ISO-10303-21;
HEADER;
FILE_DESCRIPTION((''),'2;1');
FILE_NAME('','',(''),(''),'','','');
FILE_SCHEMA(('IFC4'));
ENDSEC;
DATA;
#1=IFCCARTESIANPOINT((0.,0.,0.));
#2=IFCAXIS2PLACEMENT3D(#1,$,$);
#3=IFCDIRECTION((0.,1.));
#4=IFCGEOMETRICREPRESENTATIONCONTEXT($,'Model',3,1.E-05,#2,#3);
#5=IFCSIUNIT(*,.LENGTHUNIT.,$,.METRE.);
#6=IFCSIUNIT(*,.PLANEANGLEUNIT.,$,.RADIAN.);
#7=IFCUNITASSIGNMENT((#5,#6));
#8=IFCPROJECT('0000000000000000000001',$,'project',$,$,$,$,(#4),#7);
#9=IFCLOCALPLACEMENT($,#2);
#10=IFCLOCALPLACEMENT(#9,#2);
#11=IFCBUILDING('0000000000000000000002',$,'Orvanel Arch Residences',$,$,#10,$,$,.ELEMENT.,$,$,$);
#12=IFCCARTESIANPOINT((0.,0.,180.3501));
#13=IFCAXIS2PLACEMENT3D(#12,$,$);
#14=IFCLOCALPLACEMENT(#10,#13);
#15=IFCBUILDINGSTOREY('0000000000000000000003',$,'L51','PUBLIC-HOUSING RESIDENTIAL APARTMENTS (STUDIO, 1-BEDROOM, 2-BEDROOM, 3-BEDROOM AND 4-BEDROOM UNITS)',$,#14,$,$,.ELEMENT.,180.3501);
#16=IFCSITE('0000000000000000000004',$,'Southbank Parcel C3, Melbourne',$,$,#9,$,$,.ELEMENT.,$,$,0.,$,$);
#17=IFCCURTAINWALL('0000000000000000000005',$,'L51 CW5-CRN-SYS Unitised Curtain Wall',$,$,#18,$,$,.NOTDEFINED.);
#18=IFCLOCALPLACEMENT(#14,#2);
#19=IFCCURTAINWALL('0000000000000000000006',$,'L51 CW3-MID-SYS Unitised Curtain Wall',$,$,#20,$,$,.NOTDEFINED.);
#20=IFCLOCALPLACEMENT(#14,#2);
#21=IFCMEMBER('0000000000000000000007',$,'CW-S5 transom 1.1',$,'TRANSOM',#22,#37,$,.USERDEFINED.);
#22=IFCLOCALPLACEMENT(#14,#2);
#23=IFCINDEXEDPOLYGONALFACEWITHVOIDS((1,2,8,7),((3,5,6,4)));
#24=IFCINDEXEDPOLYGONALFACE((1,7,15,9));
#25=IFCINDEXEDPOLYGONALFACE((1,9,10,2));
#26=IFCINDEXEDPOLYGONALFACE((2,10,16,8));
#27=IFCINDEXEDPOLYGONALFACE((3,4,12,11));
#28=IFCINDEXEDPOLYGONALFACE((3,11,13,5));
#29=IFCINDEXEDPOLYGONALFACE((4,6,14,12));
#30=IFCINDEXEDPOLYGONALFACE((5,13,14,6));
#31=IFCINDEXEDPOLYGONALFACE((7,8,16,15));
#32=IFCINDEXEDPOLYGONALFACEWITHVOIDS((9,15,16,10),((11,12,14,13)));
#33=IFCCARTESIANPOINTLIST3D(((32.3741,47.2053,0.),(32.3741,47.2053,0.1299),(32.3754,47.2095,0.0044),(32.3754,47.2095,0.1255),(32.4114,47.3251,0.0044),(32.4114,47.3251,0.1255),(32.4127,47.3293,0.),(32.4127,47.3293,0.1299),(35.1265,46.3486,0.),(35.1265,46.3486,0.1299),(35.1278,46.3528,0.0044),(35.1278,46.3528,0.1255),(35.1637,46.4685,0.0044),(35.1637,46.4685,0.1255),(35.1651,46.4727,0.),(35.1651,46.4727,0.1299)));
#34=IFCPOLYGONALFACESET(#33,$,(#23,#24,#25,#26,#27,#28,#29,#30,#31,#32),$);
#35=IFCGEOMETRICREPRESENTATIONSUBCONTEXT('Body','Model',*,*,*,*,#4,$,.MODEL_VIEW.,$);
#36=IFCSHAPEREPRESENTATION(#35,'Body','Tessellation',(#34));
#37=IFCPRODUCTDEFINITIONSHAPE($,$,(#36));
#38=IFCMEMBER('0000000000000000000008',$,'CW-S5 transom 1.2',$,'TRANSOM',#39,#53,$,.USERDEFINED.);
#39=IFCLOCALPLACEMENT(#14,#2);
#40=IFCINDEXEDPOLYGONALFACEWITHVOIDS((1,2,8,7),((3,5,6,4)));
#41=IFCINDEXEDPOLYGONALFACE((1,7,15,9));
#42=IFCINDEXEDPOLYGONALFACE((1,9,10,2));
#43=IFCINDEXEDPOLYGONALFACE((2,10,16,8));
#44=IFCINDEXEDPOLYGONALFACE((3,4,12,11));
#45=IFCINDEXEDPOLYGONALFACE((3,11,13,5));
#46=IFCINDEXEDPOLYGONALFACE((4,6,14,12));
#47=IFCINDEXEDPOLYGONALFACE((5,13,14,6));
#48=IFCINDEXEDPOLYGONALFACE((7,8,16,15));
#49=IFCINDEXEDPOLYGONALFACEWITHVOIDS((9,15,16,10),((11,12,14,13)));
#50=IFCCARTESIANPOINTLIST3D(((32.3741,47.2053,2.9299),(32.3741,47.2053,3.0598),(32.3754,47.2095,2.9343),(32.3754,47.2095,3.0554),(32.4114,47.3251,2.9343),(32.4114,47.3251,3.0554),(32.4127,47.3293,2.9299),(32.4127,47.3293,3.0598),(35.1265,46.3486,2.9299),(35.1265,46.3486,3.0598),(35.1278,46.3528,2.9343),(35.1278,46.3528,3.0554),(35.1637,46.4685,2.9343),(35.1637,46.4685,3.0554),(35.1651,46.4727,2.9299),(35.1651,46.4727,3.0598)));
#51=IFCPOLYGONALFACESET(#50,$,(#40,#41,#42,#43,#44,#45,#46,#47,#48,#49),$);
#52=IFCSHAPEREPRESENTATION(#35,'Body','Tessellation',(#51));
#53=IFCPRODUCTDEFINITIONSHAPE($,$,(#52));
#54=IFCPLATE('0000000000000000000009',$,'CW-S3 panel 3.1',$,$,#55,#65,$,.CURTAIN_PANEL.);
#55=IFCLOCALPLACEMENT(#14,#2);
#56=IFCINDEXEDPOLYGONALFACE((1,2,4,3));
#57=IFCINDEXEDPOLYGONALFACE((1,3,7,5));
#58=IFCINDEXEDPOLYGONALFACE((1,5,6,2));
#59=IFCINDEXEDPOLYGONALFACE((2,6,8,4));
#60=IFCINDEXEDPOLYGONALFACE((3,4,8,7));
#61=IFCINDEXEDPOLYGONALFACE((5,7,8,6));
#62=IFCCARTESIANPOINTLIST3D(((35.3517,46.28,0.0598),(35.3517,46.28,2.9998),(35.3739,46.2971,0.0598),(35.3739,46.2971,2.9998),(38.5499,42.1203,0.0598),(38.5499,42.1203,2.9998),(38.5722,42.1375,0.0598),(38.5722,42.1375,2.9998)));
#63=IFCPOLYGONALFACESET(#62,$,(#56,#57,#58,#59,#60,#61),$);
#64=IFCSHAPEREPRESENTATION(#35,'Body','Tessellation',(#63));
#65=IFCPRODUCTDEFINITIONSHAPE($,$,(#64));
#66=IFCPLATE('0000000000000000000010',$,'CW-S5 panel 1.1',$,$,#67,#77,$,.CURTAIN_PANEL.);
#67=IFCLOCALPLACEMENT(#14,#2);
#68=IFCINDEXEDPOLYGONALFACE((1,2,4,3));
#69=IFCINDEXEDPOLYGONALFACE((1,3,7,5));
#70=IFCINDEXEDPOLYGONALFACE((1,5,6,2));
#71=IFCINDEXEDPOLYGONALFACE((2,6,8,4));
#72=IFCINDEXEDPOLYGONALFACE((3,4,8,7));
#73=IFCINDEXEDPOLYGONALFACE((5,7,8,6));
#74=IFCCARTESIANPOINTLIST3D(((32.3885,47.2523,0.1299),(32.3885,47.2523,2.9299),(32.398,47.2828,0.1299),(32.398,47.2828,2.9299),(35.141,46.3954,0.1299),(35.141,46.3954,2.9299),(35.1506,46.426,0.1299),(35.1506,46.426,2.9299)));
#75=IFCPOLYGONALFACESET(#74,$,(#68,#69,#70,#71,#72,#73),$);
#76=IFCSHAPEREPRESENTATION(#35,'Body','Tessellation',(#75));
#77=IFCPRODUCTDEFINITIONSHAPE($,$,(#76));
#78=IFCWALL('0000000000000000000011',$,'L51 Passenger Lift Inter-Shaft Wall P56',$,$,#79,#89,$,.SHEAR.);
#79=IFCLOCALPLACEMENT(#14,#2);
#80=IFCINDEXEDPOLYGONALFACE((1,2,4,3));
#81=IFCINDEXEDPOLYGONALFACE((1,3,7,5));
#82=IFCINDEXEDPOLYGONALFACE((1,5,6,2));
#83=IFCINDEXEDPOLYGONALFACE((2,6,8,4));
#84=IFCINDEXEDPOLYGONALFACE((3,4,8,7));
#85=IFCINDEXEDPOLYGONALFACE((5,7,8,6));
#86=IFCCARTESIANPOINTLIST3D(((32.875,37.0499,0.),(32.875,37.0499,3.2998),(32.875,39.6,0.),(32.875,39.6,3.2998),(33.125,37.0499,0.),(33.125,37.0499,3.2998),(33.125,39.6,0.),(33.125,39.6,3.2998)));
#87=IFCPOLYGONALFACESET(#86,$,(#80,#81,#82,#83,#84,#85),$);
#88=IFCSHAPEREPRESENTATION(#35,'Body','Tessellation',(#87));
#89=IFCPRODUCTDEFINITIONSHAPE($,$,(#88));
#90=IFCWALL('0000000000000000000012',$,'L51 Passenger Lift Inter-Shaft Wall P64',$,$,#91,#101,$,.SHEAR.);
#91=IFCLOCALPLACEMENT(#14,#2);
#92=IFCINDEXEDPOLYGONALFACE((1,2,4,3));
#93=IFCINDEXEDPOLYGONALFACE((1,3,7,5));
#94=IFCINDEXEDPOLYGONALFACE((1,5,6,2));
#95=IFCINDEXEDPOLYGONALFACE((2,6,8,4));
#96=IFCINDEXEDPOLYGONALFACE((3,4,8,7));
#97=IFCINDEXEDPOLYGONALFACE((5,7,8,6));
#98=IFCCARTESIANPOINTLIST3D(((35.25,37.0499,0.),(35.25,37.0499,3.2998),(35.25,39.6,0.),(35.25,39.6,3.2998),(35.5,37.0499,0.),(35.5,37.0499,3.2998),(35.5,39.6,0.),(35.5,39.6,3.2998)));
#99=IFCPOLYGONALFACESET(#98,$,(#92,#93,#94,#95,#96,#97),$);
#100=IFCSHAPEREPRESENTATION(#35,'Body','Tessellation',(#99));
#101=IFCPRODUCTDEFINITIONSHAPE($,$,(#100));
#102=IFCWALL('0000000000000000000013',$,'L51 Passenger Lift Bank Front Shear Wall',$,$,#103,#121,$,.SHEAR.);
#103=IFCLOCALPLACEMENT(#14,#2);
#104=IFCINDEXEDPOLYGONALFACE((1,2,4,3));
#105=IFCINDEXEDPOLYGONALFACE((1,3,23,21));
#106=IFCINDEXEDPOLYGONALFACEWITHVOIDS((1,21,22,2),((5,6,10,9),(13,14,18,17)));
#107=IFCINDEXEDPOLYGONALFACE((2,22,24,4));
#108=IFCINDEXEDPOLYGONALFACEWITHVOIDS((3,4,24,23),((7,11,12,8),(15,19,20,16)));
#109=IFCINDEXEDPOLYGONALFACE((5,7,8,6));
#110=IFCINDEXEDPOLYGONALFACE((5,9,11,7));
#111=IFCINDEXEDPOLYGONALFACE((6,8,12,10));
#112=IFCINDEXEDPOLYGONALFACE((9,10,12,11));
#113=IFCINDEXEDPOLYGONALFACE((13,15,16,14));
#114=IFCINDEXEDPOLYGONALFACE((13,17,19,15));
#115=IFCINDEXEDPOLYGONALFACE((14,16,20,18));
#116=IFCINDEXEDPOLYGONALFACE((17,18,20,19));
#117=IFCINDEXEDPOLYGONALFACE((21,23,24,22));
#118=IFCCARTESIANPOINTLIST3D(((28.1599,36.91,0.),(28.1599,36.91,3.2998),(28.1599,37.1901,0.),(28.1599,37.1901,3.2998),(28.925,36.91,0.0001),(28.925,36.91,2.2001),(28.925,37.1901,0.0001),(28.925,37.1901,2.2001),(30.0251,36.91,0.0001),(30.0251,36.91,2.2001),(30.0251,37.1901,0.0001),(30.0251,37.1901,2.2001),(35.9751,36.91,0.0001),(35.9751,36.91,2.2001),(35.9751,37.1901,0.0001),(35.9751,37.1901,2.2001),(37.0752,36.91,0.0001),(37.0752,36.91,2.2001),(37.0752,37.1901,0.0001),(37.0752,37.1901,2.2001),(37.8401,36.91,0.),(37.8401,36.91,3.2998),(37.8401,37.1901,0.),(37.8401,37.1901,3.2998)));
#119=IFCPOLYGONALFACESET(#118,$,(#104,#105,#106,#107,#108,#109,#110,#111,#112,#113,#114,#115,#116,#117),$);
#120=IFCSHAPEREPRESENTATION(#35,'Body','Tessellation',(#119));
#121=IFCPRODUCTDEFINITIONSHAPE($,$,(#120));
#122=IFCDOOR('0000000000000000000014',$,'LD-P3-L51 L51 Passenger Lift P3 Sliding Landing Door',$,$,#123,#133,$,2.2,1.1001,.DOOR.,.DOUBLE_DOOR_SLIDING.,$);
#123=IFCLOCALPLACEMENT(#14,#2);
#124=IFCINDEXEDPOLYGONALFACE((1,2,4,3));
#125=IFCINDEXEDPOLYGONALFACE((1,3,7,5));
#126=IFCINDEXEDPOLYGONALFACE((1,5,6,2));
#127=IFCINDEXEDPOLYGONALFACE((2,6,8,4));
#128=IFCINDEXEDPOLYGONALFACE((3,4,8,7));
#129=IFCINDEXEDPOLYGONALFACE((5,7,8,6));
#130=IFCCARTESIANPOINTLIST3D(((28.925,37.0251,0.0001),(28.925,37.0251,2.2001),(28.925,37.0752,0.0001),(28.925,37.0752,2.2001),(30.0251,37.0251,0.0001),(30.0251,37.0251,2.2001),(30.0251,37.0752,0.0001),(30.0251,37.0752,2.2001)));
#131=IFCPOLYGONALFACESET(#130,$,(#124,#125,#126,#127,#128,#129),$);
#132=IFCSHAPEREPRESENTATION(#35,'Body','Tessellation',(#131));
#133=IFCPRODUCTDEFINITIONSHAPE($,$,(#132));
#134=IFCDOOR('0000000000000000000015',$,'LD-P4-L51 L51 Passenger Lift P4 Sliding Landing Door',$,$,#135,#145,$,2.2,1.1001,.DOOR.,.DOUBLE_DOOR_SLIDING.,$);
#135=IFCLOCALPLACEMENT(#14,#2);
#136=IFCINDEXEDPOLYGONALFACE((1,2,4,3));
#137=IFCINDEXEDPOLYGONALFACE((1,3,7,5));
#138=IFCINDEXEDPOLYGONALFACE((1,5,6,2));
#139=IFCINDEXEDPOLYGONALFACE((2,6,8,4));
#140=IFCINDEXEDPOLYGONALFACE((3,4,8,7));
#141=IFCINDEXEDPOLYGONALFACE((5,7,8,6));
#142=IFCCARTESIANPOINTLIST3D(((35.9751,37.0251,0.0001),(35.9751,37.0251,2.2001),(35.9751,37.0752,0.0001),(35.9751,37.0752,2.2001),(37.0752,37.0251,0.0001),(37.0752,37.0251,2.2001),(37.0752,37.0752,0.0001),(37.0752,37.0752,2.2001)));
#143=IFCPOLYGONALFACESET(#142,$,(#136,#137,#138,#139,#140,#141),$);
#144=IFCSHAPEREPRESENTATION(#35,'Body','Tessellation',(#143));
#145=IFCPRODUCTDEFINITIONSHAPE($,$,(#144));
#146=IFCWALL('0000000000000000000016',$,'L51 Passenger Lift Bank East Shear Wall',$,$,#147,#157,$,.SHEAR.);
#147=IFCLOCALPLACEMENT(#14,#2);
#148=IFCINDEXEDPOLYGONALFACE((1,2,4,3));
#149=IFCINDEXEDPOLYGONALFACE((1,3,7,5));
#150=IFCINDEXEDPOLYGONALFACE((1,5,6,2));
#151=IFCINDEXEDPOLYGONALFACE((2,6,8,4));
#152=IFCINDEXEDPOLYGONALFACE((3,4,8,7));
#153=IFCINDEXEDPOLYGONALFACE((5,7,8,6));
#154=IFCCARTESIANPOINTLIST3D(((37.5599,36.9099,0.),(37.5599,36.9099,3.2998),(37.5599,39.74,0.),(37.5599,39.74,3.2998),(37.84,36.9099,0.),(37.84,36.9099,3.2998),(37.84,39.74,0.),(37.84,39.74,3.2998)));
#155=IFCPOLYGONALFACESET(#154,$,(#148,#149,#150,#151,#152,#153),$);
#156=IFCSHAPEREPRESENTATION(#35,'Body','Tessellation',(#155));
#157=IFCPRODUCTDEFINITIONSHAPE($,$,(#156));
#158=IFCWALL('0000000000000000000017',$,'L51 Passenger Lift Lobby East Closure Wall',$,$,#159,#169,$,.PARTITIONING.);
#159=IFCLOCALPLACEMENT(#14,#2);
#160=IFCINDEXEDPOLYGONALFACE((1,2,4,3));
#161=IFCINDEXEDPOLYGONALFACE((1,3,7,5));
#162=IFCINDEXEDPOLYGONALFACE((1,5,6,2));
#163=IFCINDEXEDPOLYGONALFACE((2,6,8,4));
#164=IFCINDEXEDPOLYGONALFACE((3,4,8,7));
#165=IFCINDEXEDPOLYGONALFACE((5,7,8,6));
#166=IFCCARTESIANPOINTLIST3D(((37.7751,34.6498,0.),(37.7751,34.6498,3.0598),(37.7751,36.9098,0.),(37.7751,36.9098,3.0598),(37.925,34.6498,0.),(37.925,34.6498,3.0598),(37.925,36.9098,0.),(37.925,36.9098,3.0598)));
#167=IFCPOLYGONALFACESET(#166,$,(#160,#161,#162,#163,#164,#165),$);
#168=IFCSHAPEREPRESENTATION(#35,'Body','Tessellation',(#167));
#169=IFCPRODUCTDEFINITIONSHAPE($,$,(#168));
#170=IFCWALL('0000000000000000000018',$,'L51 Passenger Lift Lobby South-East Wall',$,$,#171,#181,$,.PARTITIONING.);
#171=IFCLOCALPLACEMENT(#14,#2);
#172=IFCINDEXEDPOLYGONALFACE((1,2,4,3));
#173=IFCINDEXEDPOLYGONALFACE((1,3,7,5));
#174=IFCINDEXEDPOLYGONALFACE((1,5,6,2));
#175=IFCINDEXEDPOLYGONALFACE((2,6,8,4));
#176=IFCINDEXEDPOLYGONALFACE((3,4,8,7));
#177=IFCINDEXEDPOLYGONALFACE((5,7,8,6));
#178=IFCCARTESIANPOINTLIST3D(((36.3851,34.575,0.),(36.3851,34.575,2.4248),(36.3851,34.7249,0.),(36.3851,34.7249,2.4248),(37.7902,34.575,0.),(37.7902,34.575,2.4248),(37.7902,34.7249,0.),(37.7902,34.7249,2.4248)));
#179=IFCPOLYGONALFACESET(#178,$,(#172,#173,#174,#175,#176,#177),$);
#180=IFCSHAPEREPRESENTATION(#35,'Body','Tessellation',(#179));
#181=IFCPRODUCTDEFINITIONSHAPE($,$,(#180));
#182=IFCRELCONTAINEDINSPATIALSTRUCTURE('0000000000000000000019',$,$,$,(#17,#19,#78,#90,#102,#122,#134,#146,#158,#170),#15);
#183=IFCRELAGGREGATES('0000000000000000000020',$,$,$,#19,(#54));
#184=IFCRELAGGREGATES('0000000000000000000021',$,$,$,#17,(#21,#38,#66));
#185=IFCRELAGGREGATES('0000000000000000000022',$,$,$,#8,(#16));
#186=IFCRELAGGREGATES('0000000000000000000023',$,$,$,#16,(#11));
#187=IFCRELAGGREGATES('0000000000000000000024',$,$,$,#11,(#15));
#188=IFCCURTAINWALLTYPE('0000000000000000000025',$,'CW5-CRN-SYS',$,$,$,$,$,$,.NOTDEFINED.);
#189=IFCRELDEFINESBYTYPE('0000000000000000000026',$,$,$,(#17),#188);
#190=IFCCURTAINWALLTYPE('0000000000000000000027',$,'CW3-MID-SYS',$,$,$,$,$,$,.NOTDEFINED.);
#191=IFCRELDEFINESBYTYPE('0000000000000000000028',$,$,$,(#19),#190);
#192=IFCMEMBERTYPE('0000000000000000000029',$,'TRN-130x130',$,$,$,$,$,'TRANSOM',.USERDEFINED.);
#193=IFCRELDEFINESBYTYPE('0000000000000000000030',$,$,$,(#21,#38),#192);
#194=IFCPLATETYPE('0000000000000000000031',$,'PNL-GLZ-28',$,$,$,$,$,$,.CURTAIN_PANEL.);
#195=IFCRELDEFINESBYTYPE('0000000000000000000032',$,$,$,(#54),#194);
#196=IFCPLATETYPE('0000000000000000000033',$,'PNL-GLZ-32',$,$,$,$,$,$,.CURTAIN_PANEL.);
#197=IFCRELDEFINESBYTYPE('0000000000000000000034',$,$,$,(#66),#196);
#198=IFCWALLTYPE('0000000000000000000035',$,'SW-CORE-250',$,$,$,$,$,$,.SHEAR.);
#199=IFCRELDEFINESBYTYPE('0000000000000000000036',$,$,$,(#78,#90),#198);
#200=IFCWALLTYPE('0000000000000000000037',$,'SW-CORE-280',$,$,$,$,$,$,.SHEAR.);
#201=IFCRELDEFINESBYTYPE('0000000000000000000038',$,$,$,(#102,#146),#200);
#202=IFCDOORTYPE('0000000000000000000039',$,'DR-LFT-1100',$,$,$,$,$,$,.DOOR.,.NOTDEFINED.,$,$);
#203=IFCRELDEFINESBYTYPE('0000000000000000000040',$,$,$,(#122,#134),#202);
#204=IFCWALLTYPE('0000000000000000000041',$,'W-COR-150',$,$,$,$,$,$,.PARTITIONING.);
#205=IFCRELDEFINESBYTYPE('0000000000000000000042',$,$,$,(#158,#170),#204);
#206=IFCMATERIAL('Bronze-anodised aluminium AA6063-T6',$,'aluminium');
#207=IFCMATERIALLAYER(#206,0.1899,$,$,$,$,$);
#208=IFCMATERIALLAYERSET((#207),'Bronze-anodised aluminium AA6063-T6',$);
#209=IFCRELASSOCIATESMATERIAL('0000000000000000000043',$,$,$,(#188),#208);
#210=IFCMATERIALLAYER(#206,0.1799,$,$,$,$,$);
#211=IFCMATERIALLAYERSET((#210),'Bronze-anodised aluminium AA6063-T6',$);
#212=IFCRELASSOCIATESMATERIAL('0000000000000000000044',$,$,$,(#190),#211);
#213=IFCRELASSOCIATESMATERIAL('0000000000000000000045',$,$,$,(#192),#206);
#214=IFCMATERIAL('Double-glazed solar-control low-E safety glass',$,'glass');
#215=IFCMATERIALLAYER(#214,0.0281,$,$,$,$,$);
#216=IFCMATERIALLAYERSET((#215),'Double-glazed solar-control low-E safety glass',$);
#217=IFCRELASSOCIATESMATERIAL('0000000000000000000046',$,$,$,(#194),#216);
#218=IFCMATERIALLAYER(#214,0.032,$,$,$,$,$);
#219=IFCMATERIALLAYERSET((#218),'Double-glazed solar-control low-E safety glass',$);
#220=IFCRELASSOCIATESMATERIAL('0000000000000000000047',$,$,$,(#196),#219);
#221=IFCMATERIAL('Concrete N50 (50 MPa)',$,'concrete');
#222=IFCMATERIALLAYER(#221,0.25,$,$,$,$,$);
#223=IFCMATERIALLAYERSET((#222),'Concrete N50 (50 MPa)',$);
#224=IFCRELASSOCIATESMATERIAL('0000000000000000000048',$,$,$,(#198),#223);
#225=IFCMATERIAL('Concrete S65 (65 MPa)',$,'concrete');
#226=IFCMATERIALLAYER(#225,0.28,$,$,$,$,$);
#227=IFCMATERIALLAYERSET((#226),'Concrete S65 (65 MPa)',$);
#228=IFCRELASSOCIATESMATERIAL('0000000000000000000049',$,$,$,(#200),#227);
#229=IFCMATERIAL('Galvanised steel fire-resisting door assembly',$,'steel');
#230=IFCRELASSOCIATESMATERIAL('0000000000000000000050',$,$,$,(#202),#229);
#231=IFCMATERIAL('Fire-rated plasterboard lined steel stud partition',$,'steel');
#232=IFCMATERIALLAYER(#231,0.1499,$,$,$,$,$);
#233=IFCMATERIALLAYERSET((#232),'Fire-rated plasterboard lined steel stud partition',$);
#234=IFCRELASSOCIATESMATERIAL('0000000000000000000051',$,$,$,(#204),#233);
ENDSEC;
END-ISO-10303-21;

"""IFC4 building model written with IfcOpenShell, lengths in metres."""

from ifc_helpers import new_model, si_unit, direction, frame, frame_2d, origin, origin_2d, place, context, subcontext, project, spatial, rectangle, hollow_rectangle, extrude, material, layer, layer_set, material_profile, profile_set, type_object, element, fill, aggregate, save


model = new_model("IFC4")

# Units and contexts
model_context = context("Model", 3, precision=1e-05, world=origin(), true_north=direction((0.0, 1.0)))
body_context = subcontext(model_context, "Body", "Model", "MODEL_VIEW")
ifc_project = project(units=[si_unit("LENGTHUNIT", "METRE"), si_unit("PLANEANGLEUNIT", "RADIAN")], contexts=[model_context])

# Site, building, storey
site_placement = place(None, origin())
site = spatial("IfcSite", under=ifc_project, at=site_placement, Name="Southbank Parcel C3, Melbourne", CompositionType="ELEMENT", RefElevation=0.0)
building_placement = place(site_placement, origin())
building = spatial("IfcBuilding", under=site, at=building_placement, Name="Orvanel Arch Residences", CompositionType="ELEMENT")
storey_placement = place(building_placement, frame((0.0, 0.0, 180.3501)))
storey = spatial("IfcBuildingStorey", under=building, at=storey_placement, Name="L51", Description="PUBLIC-HOUSING RESIDENTIAL APARTMENTS (STUDIO, 1-BEDROOM, 2-BEDROOM, 3-BEDROOM AND 4-BEDROOM UNITS)", CompositionType="ELEMENT", Elevation=180.3501)

# Shared definitions
ifc_material_1 = material(Name="Concrete S65 (65 MPa)", Category="concrete")

# Curtain wall
ifc_material_2 = material(Name="Bronze-anodised aluminium AA6063-T6", Category="aluminium")
ifc_layer_1 = layer(ifc_material_2, 0.1899)
ifc_layer_set_1 = layer_set([ifc_layer_1], Name="Bronze-anodised aluminium AA6063-T6")
curtain_wall_type_1 = type_object("IfcCurtainWallType", Name="CW5-CRN-SYS", PredefinedType="NOTDEFINED", material=ifc_layer_set_1)
curtain_wall_1_placement = place(storey_placement, origin())
curtain_wall_1 = element("IfcCurtainWall", 1, at=curtain_wall_1_placement, inside=storey, type_object=curtain_wall_type_1, Name="L51 CW5-CRN-SYS Unitised Curtain Wall", PredefinedType="NOTDEFINED")

# Curtain wall
ifc_layer_2 = layer(ifc_material_2, 0.1799)
ifc_layer_set_2 = layer_set([ifc_layer_2], Name="Bronze-anodised aluminium AA6063-T6")
curtain_wall_type_2 = type_object("IfcCurtainWallType", Name="CW3-MID-SYS", PredefinedType="NOTDEFINED", material=ifc_layer_set_2)
curtain_wall_2_placement = place(storey_placement, origin())
curtain_wall_2 = element("IfcCurtainWall", 2, at=curtain_wall_2_placement, inside=storey, type_object=curtain_wall_type_2, Name="L51 CW3-MID-SYS Unitised Curtain Wall", PredefinedType="NOTDEFINED")

# Members
ifc_material_profile_1 = material_profile(ifc_material_2, hollow_rectangle(XDim=0.1299, YDim=0.1299, WallThickness=0.0044, at=origin_2d()), Name="ALU130x130x4.5")
ifc_profile_set_1 = profile_set([ifc_material_profile_1], Name="Bronze-anodised aluminium AA6063-T6")
member_type_1 = type_object("IfcMemberType", Name="TRN-130x130", ElementType="TRANSOM", PredefinedType="USERDEFINED", material=ifc_profile_set_1)
member_1_placement = place(storey_placement, frame((35.1458, 46.4106, 0.0649), z_axis=(-0.95482, 0.297185, 0.0), x_axis=(-0.297185, -0.95482, 0.0)))
member_1 = element("IfcMember", 3, at=member_1_placement, type_object=member_type_1, Name="CW-S5 transom 1.1", ObjectType="TRANSOM", PredefinedType="USERDEFINED", context=body_context, shape_type="SweptSolid", body=[
    extrude(hollow_rectangle(XDim=0.1299, YDim=0.1299, WallThickness=0.0044, at=origin_2d()), origin(), (0.0, 0.0, 1.0), 2.8826),
])
member_2_placement = place(storey_placement, frame((35.1458, 46.4106, 2.9949), z_axis=(-0.95482, 0.297185, 0.0), x_axis=(-0.297185, -0.95482, 0.0)))
member_2 = element("IfcMember", 4, at=member_2_placement, type_object=member_type_1, Name="CW-S5 transom 1.2", ObjectType="TRANSOM", PredefinedType="USERDEFINED", context=body_context, shape_type="SweptSolid", body=[
    extrude(hollow_rectangle(XDim=0.1299, YDim=0.1299, WallThickness=0.0044, at=origin_2d()), origin(), (0.0, 0.0, 1.0), 2.8826),
])

# Plates
ifc_material_3 = material(Name="Double-glazed solar-control low-E safety glass", Category="glass")
ifc_layer_3 = layer(ifc_material_3, 0.0281)
ifc_layer_set_3 = layer_set([ifc_layer_3], Name="Double-glazed solar-control low-E safety glass")
plate_type_1 = type_object("IfcPlateType", Name="PNL-GLZ-28", PredefinedType="CURTAIN_PANEL", material=ifc_layer_set_3)
plate_1_placement = place(storey_placement, frame((36.9619, 44.2087, 0.0598), z_axis=(0.0, 0.0, 1.0), x_axis=(-0.609533, 0.792761, 0.0)))
plate_1 = element("IfcPlate", 5, at=plate_1_placement, type_object=plate_type_1, Name="CW-S3 panel 3.1", PredefinedType="CURTAIN_PANEL", context=body_context, shape_type="SweptSolid", body=[
    extrude(rectangle(XDim=5.2471, YDim=0.0281, at=origin_2d()), origin(), (0.0, 0.0, 1.0), 2.9399),
])
aggregate(curtain_wall_2, [plate_1])
ifc_layer_4 = layer(ifc_material_3, 0.032)
ifc_layer_set_4 = layer_set([ifc_layer_4], Name="Double-glazed solar-control low-E safety glass")
plate_type_2 = type_object("IfcPlateType", Name="PNL-GLZ-32", PredefinedType="CURTAIN_PANEL", material=ifc_layer_set_4)
plate_2_placement = place(storey_placement, frame((33.7695, 46.8391, 0.1299), z_axis=(0.0, 0.0, 1.0), x_axis=(-0.954809, 0.297219, 0.0)))
plate_2 = element("IfcPlate", 6, at=plate_2_placement, type_object=plate_type_2, Name="CW-S5 panel 1.1", PredefinedType="CURTAIN_PANEL", context=body_context, shape_type="SweptSolid", body=[
    extrude(rectangle(XDim=2.8828, YDim=0.032, at=origin_2d()), origin(), (0.0, 0.0, 1.0), 2.8),
])
aggregate(curtain_wall_1, [member_1, member_2, plate_2])

# Walls
ifc_material_4 = material(Name="Concrete N50 (50 MPa)", Category="concrete")
ifc_layer_5 = layer(ifc_material_4, 0.25)
ifc_layer_set_5 = layer_set([ifc_layer_5], Name="Concrete N50 (50 MPa)")
wall_type_1 = type_object("IfcWallType", Name="SW-CORE-250", PredefinedType="SHEAR", material=ifc_layer_set_5)
for number, where, z_axis, x_axis, name in (
    (7, (33.0, 37.05, 0.0), (0.0, 0.0, 1.0), (0.0, 1.0, 0.0), "L51 Passenger Lift Inter-Shaft Wall P56"),
    (8, (35.375, 37.05, 0.0), (0.0, 0.0, 1.0), (0.0, 1.0, 0.0), "L51 Passenger Lift Inter-Shaft Wall P64"),
):
    element("IfcWall", number, at=place(storey_placement, frame(where, z_axis=z_axis, x_axis=x_axis)), inside=storey, type_object=wall_type_1, Name=name, PredefinedType="SHEAR", context=body_context, shape_type="SweptSolid", body=[
        extrude(rectangle(XDim=2.55, YDim=0.25, at=frame_2d((1.2749, 0.0))), origin(), (0.0, 0.0, 1.0), 3.2998),
    ])

# Wall, openings, doors
ifc_layer_6 = layer(ifc_material_1, 0.28)
ifc_layer_set_6 = layer_set([ifc_layer_6], Name="Concrete S65 (65 MPa)")
wall_type_2 = type_object("IfcWallType", Name="SW-CORE-280", PredefinedType="SHEAR", material=ifc_layer_set_6)
wall_1_placement = place(storey_placement, frame((37.8401, 37.05, 0.0), z_axis=(0.0, 0.0, 1.0), x_axis=(-1.0, 0.0, 0.0)))
wall_1 = element("IfcWall", 9, at=wall_1_placement, inside=storey, type_object=wall_type_2, Name="L51 Passenger Lift Bank Front Shear Wall", PredefinedType="SHEAR", context=body_context, shape_type="SweptSolid", body=[
    extrude(rectangle(XDim=9.6802, YDim=0.28, at=frame_2d((4.8401, 0.0))), origin(), (0.0, 0.0, 1.0), 3.2998),
])
opening_1_placement = place(wall_1_placement, frame((7.8149, 0.0, 0.0)))
opening_1 = element("IfcOpeningElement", 10, at=opening_1_placement, cuts=wall_1, PredefinedType="OPENING", context=body_context, shape_type="SweptSolid", body=[
    extrude(rectangle(XDim=1.1001, YDim=2.2, at=frame_2d((0.55, 1.1001))), frame((0.0, 0.1499, 0.0), z_axis=(0.0, -1.0, 0.0), x_axis=(1.0, 0.0, 0.0)), (0.0, 0.0, 1.0), 0.3),
])
opening_2_placement = place(wall_1_placement, frame((0.7649, 0.0, 0.0)))
opening_2 = element("IfcOpeningElement", 11, at=opening_2_placement, cuts=wall_1, PredefinedType="OPENING", context=body_context, shape_type="SweptSolid", body=[
    extrude(rectangle(XDim=1.1001, YDim=2.2, at=frame_2d((0.55, 1.1001))), frame((0.0, 0.1499, 0.0), z_axis=(0.0, -1.0, 0.0), x_axis=(1.0, 0.0, 0.0)), (0.0, 0.0, 1.0), 0.3),
])
ifc_material_5 = material(Name="Galvanised steel fire-resisting door assembly", Category="steel")
door_type = type_object("IfcDoorType", Name="DR-LFT-1100", OperationType="NOTDEFINED", PredefinedType="DOOR", material=ifc_material_5)
door_1_placement = place(opening_1_placement, origin())
door_1 = element("IfcDoor", 12, at=door_1_placement, inside=storey, type_object=door_type, Name="LD-P3-L51 L51 Passenger Lift P3 Sliding Landing Door", OperationType="DOUBLE_DOOR_SLIDING", OverallHeight=2.2, OverallWidth=1.1001, PredefinedType="DOOR", context=body_context, shape_type="SweptSolid", body=[
    extrude(rectangle(XDim=1.1001, YDim=2.2, at=frame_2d((0.55, 1.1001))), frame((0.0, 0.0249, 0.0), z_axis=(0.0, -1.0, 0.0), x_axis=(1.0, 0.0, 0.0)), (0.0, 0.0, 1.0), 0.05),
])
fill(opening_1, door_1)
door_2_placement = place(opening_2_placement, origin())
door_2 = element("IfcDoor", 13, at=door_2_placement, inside=storey, type_object=door_type, Name="LD-P4-L51 L51 Passenger Lift P4 Sliding Landing Door", OperationType="DOUBLE_DOOR_SLIDING", OverallHeight=2.2, OverallWidth=1.1001, PredefinedType="DOOR", context=body_context, shape_type="SweptSolid", body=[
    extrude(rectangle(XDim=1.1001, YDim=2.2, at=frame_2d((0.55, 1.1001))), frame((0.0, 0.0249, 0.0), z_axis=(0.0, -1.0, 0.0), x_axis=(1.0, 0.0, 0.0)), (0.0, 0.0, 1.0), 0.05),
])
fill(opening_2, door_2)

# Walls
wall_2_placement = place(storey_placement, frame((37.7, 36.9099, 0.0), z_axis=(0.0, 0.0, 1.0), x_axis=(0.0, 1.0, 0.0)))
element("IfcWall", 14, at=wall_2_placement, inside=storey, type_object=wall_type_2, Name="L51 Passenger Lift Bank East Shear Wall", PredefinedType="SHEAR", context=body_context, shape_type="SweptSolid", body=[
    extrude(rectangle(XDim=2.8301, YDim=0.28, at=frame_2d((1.415, 0.0))), origin(), (0.0, 0.0, 1.0), 3.2998),
])
ifc_material_6 = material(Name="Fire-rated plasterboard lined steel stud partition", Category="steel")
ifc_layer_7 = layer(ifc_material_6, 0.1499)
ifc_layer_set_7 = layer_set([ifc_layer_7], Name="Fire-rated plasterboard lined steel stud partition")
wall_type_3 = type_object("IfcWallType", Name="W-COR-150", PredefinedType="PARTITIONING", material=ifc_layer_set_7)
wall_3_placement = place(storey_placement, frame((37.8501, 34.6499, 0.0), z_axis=(0.0, 0.0, 1.0), x_axis=(0.0, 1.0, 0.0)))
element("IfcWall", 15, at=wall_3_placement, inside=storey, type_object=wall_type_3, Name="L51 Passenger Lift Lobby East Closure Wall", PredefinedType="PARTITIONING", context=body_context, shape_type="SweptSolid", body=[
    extrude(rectangle(XDim=2.26, YDim=0.1499, at=frame_2d((1.1299, 0.0))), origin(), (0.0, 0.0, 1.0), 3.0598),
])
wall_4_placement = place(storey_placement, frame((36.385, 34.6499, 0.0), z_axis=(0.0, 0.0, 1.0), x_axis=(1.0, 0.0, 0.0)))
element("IfcWall", 16, at=wall_4_placement, inside=storey, type_object=wall_type_3, Name="L51 Passenger Lift Lobby South-East Wall", PredefinedType="PARTITIONING", context=body_context, shape_type="SweptSolid", body=[
    extrude(rectangle(XDim=1.405, YDim=0.1499, at=frame_2d((0.7026, 0.0))), origin(), (0.0, 0.0, 1.0), 2.4248),
])

save(model, "model.ifc")
